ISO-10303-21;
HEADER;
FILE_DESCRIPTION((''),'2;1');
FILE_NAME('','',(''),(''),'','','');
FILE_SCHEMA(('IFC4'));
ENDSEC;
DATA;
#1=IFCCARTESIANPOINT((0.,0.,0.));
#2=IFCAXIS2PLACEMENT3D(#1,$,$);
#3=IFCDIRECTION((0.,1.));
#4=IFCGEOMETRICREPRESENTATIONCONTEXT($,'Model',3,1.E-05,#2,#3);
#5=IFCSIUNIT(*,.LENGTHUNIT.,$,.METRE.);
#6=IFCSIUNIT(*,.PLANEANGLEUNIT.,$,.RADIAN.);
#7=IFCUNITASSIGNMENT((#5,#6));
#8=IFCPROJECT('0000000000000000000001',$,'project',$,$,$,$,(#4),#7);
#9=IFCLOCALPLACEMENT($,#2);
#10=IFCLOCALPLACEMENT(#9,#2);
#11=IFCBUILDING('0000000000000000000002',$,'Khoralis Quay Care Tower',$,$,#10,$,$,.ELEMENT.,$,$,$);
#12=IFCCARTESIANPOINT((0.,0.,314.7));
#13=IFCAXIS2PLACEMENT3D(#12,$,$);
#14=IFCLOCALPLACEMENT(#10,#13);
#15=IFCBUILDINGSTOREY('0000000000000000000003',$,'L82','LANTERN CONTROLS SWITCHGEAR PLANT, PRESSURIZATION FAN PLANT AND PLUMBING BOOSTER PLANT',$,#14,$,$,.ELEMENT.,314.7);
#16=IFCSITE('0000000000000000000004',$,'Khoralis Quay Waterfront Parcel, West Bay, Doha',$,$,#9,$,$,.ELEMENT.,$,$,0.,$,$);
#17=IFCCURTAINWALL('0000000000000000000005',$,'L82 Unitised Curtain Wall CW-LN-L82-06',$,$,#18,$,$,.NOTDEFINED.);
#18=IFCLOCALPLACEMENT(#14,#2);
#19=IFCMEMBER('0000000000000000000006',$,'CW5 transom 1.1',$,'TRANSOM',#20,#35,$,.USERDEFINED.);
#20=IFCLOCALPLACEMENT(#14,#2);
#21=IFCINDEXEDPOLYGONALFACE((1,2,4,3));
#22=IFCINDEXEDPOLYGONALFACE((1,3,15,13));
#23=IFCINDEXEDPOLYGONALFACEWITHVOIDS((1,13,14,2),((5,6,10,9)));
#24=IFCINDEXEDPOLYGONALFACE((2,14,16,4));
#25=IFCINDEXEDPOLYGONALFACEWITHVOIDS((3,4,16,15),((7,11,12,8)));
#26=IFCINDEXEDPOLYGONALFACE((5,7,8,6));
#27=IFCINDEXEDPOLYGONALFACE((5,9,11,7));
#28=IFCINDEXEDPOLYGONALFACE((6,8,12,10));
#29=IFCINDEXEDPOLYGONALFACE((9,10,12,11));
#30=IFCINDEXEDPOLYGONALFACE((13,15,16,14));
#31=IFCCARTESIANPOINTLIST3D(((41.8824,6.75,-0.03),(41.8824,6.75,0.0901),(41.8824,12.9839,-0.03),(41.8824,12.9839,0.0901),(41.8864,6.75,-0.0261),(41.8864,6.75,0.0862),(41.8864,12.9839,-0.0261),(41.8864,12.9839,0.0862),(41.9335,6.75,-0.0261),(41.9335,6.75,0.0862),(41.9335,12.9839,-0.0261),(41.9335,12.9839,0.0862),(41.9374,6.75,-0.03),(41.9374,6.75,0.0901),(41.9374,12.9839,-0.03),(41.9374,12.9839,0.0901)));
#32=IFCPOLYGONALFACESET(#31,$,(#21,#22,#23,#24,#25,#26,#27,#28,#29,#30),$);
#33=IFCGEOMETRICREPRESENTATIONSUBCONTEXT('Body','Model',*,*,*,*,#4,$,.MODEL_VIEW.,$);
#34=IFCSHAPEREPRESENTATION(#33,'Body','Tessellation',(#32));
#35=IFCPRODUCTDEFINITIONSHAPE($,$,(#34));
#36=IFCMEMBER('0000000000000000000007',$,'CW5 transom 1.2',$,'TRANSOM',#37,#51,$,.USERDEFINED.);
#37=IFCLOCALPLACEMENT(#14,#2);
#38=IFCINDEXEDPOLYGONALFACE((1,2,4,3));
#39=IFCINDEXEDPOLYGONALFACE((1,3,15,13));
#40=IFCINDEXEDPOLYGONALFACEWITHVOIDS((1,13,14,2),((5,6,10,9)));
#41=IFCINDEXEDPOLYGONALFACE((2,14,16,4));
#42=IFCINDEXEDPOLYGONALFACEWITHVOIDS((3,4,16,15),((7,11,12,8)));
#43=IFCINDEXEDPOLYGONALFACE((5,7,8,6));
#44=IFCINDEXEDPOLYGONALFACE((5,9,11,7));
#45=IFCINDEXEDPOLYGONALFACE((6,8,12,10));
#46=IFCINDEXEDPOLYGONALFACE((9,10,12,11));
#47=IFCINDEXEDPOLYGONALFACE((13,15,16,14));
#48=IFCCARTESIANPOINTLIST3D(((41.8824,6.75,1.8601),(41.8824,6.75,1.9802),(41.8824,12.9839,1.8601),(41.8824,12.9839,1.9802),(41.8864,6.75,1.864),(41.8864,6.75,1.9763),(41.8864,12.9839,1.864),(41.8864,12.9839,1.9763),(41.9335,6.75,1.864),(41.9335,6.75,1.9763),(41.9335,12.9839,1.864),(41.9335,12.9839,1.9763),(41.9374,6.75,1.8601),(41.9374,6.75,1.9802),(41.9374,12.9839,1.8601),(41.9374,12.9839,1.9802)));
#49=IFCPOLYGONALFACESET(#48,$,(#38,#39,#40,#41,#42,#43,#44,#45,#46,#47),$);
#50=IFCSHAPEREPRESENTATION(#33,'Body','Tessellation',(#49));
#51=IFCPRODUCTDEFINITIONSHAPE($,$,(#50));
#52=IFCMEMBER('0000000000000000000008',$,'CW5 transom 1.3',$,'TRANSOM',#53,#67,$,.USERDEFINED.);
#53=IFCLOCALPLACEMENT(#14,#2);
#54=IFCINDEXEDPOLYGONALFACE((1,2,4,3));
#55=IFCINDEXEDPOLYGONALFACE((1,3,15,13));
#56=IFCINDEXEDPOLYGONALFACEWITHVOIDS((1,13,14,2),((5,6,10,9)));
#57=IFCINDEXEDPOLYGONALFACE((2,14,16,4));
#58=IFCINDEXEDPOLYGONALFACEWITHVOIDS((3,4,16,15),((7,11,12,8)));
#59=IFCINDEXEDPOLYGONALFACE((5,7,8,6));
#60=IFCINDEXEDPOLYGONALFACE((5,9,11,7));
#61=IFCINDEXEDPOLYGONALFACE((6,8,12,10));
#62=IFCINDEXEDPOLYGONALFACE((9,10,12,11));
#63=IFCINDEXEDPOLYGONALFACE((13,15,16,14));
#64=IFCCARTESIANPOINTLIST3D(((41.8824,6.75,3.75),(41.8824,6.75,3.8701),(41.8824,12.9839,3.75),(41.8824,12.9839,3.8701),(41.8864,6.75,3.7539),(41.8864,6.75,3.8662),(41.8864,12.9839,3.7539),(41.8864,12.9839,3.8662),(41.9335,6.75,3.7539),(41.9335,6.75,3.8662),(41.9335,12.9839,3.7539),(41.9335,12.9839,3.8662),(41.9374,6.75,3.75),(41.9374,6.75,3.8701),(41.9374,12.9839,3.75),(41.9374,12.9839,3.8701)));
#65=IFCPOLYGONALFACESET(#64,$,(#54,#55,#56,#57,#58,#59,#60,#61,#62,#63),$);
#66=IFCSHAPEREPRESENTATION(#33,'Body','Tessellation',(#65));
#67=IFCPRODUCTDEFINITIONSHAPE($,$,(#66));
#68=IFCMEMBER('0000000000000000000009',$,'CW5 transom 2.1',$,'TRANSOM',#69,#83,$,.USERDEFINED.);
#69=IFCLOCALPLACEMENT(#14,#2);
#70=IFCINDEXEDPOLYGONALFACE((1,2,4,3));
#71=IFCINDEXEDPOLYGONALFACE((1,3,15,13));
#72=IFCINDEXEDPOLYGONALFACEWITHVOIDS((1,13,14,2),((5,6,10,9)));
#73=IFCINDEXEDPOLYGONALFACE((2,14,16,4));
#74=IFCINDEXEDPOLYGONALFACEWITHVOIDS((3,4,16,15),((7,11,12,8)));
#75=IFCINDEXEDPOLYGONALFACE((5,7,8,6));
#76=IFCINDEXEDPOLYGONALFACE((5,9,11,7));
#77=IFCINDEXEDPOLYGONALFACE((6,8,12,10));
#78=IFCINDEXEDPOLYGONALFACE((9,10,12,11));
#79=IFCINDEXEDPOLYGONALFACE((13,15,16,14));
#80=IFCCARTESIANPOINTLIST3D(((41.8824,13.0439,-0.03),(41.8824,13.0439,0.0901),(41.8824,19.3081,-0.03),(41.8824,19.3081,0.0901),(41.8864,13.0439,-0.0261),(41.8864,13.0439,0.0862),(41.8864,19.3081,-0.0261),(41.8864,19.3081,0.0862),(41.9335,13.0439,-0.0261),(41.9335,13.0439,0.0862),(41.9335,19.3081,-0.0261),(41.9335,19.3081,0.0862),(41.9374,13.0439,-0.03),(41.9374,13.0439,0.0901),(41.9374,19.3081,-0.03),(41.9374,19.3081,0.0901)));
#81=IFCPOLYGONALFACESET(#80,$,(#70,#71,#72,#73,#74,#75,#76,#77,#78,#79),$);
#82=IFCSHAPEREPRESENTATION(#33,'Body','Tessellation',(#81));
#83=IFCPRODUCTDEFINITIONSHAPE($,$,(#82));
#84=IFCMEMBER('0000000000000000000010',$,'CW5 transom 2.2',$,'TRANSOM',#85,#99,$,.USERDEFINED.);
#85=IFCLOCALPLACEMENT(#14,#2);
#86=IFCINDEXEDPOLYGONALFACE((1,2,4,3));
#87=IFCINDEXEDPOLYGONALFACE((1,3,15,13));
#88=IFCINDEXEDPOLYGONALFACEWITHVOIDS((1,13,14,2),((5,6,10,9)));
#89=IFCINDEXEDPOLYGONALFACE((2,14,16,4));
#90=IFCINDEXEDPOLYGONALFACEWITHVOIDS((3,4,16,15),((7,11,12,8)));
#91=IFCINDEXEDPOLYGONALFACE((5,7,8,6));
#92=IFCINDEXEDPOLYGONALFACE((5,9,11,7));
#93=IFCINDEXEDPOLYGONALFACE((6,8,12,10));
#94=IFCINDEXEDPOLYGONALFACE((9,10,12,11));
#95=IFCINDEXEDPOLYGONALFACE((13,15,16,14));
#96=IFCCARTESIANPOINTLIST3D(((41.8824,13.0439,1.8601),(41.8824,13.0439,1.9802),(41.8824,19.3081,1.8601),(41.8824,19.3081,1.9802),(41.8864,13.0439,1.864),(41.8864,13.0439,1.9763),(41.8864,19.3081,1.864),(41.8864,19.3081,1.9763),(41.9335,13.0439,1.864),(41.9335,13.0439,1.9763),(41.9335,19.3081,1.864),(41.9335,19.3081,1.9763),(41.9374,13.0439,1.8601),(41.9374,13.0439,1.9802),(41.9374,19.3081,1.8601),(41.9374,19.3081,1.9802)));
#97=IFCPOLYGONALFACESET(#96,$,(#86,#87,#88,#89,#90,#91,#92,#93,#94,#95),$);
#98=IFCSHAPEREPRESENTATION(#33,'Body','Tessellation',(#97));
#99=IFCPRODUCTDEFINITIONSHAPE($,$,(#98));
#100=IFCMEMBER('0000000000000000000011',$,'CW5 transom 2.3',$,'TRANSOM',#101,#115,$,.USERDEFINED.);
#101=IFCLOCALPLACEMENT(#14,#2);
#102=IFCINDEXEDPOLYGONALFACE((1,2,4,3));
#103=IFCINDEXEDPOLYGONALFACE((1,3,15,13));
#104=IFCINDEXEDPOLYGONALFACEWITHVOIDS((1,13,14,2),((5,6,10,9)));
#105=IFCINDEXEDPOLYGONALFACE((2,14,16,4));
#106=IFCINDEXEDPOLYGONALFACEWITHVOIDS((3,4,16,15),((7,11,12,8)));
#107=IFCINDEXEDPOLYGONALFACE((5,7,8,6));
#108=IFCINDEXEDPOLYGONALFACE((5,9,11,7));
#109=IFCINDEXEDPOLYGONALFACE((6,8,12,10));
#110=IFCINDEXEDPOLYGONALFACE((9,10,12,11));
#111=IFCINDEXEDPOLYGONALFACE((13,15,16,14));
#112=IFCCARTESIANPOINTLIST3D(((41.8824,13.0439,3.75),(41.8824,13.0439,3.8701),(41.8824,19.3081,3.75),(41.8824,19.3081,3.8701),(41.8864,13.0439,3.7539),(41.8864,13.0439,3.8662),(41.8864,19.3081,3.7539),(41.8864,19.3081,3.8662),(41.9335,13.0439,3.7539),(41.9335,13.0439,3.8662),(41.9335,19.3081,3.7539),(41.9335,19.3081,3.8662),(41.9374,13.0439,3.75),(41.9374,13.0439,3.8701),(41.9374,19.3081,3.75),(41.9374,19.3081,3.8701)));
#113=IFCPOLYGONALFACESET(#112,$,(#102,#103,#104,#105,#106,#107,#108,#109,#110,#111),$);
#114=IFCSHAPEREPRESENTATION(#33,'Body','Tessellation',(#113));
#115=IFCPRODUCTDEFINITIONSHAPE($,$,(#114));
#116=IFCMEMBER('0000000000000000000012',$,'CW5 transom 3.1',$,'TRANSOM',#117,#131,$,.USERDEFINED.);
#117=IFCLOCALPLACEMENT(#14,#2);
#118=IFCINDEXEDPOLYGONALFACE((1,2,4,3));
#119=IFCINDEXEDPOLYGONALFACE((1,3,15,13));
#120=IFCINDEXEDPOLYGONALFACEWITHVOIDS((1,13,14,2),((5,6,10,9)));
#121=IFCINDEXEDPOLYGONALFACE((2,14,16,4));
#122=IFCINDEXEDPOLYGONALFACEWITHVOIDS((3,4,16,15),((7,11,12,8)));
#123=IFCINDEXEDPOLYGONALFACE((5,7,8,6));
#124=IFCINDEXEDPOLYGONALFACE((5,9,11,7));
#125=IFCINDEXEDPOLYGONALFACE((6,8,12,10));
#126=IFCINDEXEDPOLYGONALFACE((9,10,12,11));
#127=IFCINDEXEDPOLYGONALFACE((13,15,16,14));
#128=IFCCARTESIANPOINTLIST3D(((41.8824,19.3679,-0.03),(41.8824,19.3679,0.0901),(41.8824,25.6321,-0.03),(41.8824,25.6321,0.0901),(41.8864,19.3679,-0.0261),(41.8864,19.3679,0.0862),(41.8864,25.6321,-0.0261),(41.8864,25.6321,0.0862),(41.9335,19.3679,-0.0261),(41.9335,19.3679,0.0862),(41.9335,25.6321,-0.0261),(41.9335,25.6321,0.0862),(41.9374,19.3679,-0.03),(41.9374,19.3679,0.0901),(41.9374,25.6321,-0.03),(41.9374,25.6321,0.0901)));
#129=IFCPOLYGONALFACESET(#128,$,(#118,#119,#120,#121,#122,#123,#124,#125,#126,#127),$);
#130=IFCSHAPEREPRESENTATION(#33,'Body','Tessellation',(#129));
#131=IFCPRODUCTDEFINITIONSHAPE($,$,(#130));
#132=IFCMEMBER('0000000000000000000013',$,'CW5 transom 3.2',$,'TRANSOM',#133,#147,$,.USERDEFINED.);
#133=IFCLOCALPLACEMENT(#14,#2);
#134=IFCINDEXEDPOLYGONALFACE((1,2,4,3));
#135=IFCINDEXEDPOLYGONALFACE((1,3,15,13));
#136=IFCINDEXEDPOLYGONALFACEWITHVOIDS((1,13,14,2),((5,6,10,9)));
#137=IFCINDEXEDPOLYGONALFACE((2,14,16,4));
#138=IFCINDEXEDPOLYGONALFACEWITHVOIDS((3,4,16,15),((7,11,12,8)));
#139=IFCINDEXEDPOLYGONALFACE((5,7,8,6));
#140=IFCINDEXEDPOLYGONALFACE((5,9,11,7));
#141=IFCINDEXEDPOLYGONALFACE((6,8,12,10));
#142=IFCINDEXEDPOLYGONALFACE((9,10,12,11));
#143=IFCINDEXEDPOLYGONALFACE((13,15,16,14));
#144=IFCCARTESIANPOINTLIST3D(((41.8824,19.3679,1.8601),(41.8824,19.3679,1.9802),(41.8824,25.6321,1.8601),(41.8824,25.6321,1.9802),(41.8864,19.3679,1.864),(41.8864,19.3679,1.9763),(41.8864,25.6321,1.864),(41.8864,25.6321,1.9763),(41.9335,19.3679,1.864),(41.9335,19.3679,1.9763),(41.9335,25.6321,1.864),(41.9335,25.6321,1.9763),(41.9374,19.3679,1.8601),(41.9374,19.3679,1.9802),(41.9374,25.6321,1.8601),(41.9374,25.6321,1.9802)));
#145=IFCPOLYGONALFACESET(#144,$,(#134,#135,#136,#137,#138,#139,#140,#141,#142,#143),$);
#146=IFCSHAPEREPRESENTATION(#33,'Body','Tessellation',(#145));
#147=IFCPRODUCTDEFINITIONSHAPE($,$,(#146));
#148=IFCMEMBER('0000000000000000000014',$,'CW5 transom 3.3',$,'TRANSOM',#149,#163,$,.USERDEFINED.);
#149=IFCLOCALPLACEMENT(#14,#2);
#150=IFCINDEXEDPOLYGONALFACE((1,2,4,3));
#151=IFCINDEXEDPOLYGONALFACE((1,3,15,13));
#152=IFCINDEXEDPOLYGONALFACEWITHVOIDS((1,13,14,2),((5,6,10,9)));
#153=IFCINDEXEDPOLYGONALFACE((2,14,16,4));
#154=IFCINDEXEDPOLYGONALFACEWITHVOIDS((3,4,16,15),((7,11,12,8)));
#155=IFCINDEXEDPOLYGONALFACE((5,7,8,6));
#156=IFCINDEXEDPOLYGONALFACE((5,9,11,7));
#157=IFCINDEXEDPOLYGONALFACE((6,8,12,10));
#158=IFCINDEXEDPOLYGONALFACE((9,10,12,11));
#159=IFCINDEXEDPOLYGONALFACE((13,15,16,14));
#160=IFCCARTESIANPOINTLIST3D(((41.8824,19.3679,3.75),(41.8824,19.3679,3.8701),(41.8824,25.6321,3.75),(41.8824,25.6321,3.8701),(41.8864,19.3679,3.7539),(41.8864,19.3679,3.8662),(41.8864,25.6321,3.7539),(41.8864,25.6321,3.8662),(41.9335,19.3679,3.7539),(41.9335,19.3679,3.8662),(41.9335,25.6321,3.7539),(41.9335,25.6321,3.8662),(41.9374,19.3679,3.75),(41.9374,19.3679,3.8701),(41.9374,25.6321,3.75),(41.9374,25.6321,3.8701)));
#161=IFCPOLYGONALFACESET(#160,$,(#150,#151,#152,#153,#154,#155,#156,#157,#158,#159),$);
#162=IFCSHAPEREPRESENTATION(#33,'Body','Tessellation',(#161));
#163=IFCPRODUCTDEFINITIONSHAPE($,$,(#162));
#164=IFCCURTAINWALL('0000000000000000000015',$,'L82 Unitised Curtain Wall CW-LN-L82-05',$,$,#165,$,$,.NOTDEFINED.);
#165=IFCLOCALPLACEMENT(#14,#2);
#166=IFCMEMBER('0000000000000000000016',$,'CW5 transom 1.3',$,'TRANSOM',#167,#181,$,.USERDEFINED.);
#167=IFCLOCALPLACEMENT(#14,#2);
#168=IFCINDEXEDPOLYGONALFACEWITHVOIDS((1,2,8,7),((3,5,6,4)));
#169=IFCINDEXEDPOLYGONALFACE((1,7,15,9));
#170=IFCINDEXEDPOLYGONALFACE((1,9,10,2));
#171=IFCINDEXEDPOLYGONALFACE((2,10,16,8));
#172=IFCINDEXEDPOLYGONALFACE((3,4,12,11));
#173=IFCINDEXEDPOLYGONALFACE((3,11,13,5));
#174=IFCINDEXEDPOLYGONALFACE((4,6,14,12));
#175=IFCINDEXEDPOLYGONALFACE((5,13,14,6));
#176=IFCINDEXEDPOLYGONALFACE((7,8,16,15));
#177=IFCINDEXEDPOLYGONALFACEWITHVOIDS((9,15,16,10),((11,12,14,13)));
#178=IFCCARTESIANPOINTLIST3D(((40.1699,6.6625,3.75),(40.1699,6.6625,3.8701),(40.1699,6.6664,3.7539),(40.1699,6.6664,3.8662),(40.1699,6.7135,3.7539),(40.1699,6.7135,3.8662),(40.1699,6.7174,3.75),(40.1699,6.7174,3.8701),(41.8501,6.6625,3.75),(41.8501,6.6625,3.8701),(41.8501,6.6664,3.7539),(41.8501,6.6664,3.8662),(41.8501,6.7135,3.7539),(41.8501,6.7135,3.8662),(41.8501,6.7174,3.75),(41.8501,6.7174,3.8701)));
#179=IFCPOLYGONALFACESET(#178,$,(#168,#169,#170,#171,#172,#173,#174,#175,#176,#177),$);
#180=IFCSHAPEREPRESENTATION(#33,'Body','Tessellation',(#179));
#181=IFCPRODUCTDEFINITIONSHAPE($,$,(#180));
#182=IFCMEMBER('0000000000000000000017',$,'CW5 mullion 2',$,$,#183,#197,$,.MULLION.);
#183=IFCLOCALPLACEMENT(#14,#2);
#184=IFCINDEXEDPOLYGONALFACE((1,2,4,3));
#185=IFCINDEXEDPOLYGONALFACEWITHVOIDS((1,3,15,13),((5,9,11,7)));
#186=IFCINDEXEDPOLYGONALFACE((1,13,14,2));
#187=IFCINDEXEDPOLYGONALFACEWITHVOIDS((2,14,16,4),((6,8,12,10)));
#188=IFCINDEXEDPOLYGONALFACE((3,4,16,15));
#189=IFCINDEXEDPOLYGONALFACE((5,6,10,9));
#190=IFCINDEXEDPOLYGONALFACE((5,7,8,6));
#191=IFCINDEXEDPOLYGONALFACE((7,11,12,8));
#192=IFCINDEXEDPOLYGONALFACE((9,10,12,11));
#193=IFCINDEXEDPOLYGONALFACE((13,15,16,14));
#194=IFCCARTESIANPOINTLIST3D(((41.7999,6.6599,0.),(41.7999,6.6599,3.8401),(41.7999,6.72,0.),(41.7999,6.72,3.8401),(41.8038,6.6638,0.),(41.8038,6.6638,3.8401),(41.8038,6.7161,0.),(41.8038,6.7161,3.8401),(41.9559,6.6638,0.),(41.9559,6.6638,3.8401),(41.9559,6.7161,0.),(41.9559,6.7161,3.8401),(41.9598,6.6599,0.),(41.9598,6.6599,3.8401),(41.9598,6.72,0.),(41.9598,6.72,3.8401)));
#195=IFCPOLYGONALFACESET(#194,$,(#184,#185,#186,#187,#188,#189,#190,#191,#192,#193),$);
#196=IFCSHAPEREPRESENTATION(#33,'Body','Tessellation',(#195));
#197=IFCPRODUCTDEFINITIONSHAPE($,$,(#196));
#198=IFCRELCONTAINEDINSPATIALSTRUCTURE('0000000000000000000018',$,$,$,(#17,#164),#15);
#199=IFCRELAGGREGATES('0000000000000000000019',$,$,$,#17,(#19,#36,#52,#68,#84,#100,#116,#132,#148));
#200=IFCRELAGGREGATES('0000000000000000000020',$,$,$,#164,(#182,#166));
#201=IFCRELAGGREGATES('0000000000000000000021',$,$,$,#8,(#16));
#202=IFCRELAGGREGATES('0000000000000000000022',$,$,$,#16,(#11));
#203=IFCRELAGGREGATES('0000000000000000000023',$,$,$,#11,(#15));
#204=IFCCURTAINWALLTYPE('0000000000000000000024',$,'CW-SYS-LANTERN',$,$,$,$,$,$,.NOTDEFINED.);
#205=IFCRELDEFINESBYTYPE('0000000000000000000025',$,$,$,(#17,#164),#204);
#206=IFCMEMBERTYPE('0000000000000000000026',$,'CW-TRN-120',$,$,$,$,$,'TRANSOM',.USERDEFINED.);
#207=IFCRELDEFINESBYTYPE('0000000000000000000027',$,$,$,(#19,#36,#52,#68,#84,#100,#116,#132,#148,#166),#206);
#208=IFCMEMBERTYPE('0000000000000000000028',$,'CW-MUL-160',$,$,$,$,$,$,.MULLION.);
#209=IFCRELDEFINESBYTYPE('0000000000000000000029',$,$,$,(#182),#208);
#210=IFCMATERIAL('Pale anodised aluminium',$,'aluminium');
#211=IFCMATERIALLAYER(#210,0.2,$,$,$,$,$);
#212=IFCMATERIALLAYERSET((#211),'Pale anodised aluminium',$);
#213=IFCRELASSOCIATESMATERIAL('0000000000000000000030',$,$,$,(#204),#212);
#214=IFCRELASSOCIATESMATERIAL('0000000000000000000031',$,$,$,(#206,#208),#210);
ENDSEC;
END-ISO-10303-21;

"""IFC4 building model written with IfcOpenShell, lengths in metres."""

from ifc_helpers import new_model, si_unit, direction, frame, origin, origin_2d, place, context, subcontext, project, spatial, hollow_rectangle, extrude, source, transform, mapped, material, layer, layer_set, material_profile, profile_set, type_object, element, aggregate, save


model = new_model("IFC4")

# Units and contexts
model_context = context("Model", 3, precision=1e-05, world=origin(), true_north=direction((0.0, 1.0)))
body_context = subcontext(model_context, "Body", "Model", "MODEL_VIEW")
ifc_project = project(units=[si_unit("LENGTHUNIT", "METRE"), si_unit("PLANEANGLEUNIT", "RADIAN")], contexts=[model_context])

# Site, building, storey
site_placement = place(None, origin())
site = spatial("IfcSite", under=ifc_project, at=site_placement, Name="Khoralis Quay Waterfront Parcel, West Bay, Doha", CompositionType="ELEMENT", RefElevation=0.0)
building_placement = place(site_placement, origin())
building = spatial("IfcBuilding", under=site, at=building_placement, Name="Khoralis Quay Care Tower", CompositionType="ELEMENT")
storey_placement = place(building_placement, frame((0.0, 0.0, 314.7)))
storey = spatial("IfcBuildingStorey", under=building, at=storey_placement, Name="L82", Description="LANTERN CONTROLS SWITCHGEAR PLANT, PRESSURIZATION FAN PLANT AND PLUMBING BOOSTER PLANT", CompositionType="ELEMENT", Elevation=314.7)

# Curtain walls, members
ifc_material_1 = material(Name="Pale anodised aluminium", Category="aluminium")
ifc_layer_1 = layer(ifc_material_1, 0.2)
ifc_layer_set_1 = layer_set([ifc_layer_1], Name="Pale anodised aluminium")
curtain_wall_type = type_object("IfcCurtainWallType", Name="CW-SYS-LANTERN", PredefinedType="NOTDEFINED", material=ifc_layer_set_1)
curtain_wall_1_placement = place(storey_placement, origin())
curtain_wall_1 = element("IfcCurtainWall", 1, at=curtain_wall_1_placement, inside=storey, type_object=curtain_wall_type, Name="L82 Unitised Curtain Wall CW-LN-L82-06", PredefinedType="NOTDEFINED")
ifc_material_profile_1 = material_profile(ifc_material_1, hollow_rectangle(XDim=0.0549, YDim=0.1201, WallThickness=0.0039, at=origin_2d()), Name="Pale anodised aluminium")
ifc_profile_set_1 = profile_set([ifc_material_profile_1], Name="Pale anodised aluminium")
member_type_1 = type_object("IfcMemberType", Name="CW-TRN-120", ElementType="TRANSOM", PredefinedType="USERDEFINED", material=ifc_profile_set_1)
shared_shape_1 = source(origin(), body_context, "Body", "SweptSolid", [
    extrude(hollow_rectangle(XDim=0.0549, YDim=0.1201, WallThickness=0.0039, at=origin_2d()), origin(), (0.0, 0.0, 1.0), 6.2339),
])
member_1_placement = place(storey_placement, frame((41.9099, 6.75, 0.03), z_axis=(0.0, 1.0, 0.0), x_axis=(-1.0, 0.0, 0.0)))
member_1 = element("IfcMember", 2, at=member_1_placement, type_object=member_type_1, Name="CW5 transom 1.1", ObjectType="TRANSOM", PredefinedType="USERDEFINED", context=body_context, shape_type="MappedRepresentation", body=[
    mapped(shared_shape_1, transform((0.0, 0.0, 0.0), scale=1.0)),
])
member_2_placement = place(storey_placement, frame((41.9099, 6.75, 1.9202), z_axis=(0.0, 1.0, 0.0), x_axis=(-1.0, 0.0, 0.0)))
member_2 = element("IfcMember", 3, at=member_2_placement, type_object=member_type_1, Name="CW5 transom 1.2", ObjectType="TRANSOM", PredefinedType="USERDEFINED", context=body_context, shape_type="MappedRepresentation", body=[
    mapped(shared_shape_1, transform((0.0, 0.0, 0.0), scale=1.0)),
])
member_3_placement = place(storey_placement, frame((41.9099, 6.75, 3.8101), z_axis=(0.0, 1.0, 0.0), x_axis=(-1.0, 0.0, 0.0)))
member_3 = element("IfcMember", 4, at=member_3_placement, type_object=member_type_1, Name="CW5 transom 1.3", ObjectType="TRANSOM", PredefinedType="USERDEFINED", context=body_context, shape_type="MappedRepresentation", body=[
    mapped(shared_shape_1, transform((0.0, 0.0, 0.0), scale=1.0)),
])
shared_shape_2 = source(origin(), body_context, "Body", "SweptSolid", [
    extrude(hollow_rectangle(XDim=0.0549, YDim=0.1201, WallThickness=0.0039, at=origin_2d()), origin(), (0.0, 0.0, 1.0), 6.2642),
])
member_4_placement = place(storey_placement, frame((41.9099, 13.0439, 0.03), z_axis=(0.0, 1.0, 0.0), x_axis=(-1.0, 0.0, 0.0)))
member_4 = element("IfcMember", 5, at=member_4_placement, type_object=member_type_1, Name="CW5 transom 2.1", ObjectType="TRANSOM", PredefinedType="USERDEFINED", context=body_context, shape_type="MappedRepresentation", body=[
    mapped(shared_shape_2, transform((0.0, 0.0, 0.0), scale=1.0)),
])
member_5_placement = place(storey_placement, frame((41.9099, 13.0439, 1.9202), z_axis=(0.0, 1.0, 0.0), x_axis=(-1.0, 0.0, 0.0)))
member_5 = element("IfcMember", 6, at=member_5_placement, type_object=member_type_1, Name="CW5 transom 2.2", ObjectType="TRANSOM", PredefinedType="USERDEFINED", context=body_context, shape_type="MappedRepresentation", body=[
    mapped(shared_shape_2, transform((0.0, 0.0, 0.0), scale=1.0)),
])
member_6_placement = place(storey_placement, frame((41.9099, 13.0439, 3.8101), z_axis=(0.0, 1.0, 0.0), x_axis=(-1.0, 0.0, 0.0)))
member_6 = element("IfcMember", 7, at=member_6_placement, type_object=member_type_1, Name="CW5 transom 2.3", ObjectType="TRANSOM", PredefinedType="USERDEFINED", context=body_context, shape_type="MappedRepresentation", body=[
    mapped(shared_shape_2, transform((0.0, 0.0, 0.0), scale=1.0)),
])
member_7_placement = place(storey_placement, frame((41.9099, 19.3679, 0.03), z_axis=(0.0, 1.0, 0.0), x_axis=(-1.0, 0.0, 0.0)))
member_7 = element("IfcMember", 8, at=member_7_placement, type_object=member_type_1, Name="CW5 transom 3.1", ObjectType="TRANSOM", PredefinedType="USERDEFINED", context=body_context, shape_type="MappedRepresentation", body=[
    mapped(shared_shape_2, transform((0.0, 0.0, 0.0), scale=1.0)),
])
member_8_placement = place(storey_placement, frame((41.9099, 19.3679, 1.9202), z_axis=(0.0, 1.0, 0.0), x_axis=(-1.0, 0.0, 0.0)))
member_8 = element("IfcMember", 9, at=member_8_placement, type_object=member_type_1, Name="CW5 transom 3.2", ObjectType="TRANSOM", PredefinedType="USERDEFINED", context=body_context, shape_type="MappedRepresentation", body=[
    mapped(shared_shape_2, transform((0.0, 0.0, 0.0), scale=1.0)),
])
member_9_placement = place(storey_placement, frame((41.9099, 19.3679, 3.8101), z_axis=(0.0, 1.0, 0.0), x_axis=(-1.0, 0.0, 0.0)))
member_9 = element("IfcMember", 10, at=member_9_placement, type_object=member_type_1, Name="CW5 transom 3.3", ObjectType="TRANSOM", PredefinedType="USERDEFINED", context=body_context, shape_type="MappedRepresentation", body=[
    mapped(shared_shape_2, transform((0.0, 0.0, 0.0), scale=1.0)),
])
curtain_wall_2_placement = place(storey_placement, origin())
curtain_wall_2 = element("IfcCurtainWall", 11, at=curtain_wall_2_placement, inside=storey, type_object=curtain_wall_type, Name="L82 Unitised Curtain Wall CW-LN-L82-05", PredefinedType="NOTDEFINED")
shared_shape_3 = source(origin(), body_context, "Body", "SweptSolid", [
    extrude(hollow_rectangle(XDim=0.0549, YDim=0.1201, WallThickness=0.0039, at=origin_2d()), origin(), (0.0, 0.0, 1.0), 1.6802),
])
member_10_placement = place(storey_placement, frame((40.1699, 6.6899, 3.8101), z_axis=(1.0, 0.0, 0.0), x_axis=(0.0, 1.0, 0.0)))
member_10 = element("IfcMember", 12, at=member_10_placement, type_object=member_type_1, Name="CW5 transom 1.3", ObjectType="TRANSOM", PredefinedType="USERDEFINED", context=body_context, shape_type="MappedRepresentation", body=[
    mapped(shared_shape_3, transform((0.0, 0.0, 0.0), scale=1.0)),
])
ifc_material_profile_2 = material_profile(ifc_material_1, hollow_rectangle(XDim=0.0601, YDim=0.1599, WallThickness=0.0039, at=origin_2d()), Name="Pale anodised aluminium")
ifc_profile_set_2 = profile_set([ifc_material_profile_2], Name="Pale anodised aluminium")
member_type_2 = type_object("IfcMemberType", Name="CW-MUL-160", PredefinedType="MULLION", material=ifc_profile_set_2)
shared_shape_4 = source(origin(), body_context, "Body", "SweptSolid", [
    extrude(hollow_rectangle(XDim=0.0601, YDim=0.1599, WallThickness=0.0039, at=origin_2d()), origin(), (0.0, 0.0, 1.0), 3.8401),
])
member_11_placement = place(storey_placement, frame((41.8799, 6.6899, 0.0), z_axis=(0.0, 0.0, 1.0), x_axis=(0.0, 1.0, 0.0)))
member_11 = element("IfcMember", 13, at=member_11_placement, type_object=member_type_2, Name="CW5 mullion 2", PredefinedType="MULLION", context=body_context, shape_type="MappedRepresentation", body=[
    mapped(shared_shape_4, transform((0.0, 0.0, 0.0), scale=1.0)),
])

aggregate(curtain_wall_1, [member_1, member_2, member_3, member_4, member_5, member_6, member_7, member_8, member_9])
aggregate(curtain_wall_2, [member_11, member_10])

save(model, "model.ifc")
